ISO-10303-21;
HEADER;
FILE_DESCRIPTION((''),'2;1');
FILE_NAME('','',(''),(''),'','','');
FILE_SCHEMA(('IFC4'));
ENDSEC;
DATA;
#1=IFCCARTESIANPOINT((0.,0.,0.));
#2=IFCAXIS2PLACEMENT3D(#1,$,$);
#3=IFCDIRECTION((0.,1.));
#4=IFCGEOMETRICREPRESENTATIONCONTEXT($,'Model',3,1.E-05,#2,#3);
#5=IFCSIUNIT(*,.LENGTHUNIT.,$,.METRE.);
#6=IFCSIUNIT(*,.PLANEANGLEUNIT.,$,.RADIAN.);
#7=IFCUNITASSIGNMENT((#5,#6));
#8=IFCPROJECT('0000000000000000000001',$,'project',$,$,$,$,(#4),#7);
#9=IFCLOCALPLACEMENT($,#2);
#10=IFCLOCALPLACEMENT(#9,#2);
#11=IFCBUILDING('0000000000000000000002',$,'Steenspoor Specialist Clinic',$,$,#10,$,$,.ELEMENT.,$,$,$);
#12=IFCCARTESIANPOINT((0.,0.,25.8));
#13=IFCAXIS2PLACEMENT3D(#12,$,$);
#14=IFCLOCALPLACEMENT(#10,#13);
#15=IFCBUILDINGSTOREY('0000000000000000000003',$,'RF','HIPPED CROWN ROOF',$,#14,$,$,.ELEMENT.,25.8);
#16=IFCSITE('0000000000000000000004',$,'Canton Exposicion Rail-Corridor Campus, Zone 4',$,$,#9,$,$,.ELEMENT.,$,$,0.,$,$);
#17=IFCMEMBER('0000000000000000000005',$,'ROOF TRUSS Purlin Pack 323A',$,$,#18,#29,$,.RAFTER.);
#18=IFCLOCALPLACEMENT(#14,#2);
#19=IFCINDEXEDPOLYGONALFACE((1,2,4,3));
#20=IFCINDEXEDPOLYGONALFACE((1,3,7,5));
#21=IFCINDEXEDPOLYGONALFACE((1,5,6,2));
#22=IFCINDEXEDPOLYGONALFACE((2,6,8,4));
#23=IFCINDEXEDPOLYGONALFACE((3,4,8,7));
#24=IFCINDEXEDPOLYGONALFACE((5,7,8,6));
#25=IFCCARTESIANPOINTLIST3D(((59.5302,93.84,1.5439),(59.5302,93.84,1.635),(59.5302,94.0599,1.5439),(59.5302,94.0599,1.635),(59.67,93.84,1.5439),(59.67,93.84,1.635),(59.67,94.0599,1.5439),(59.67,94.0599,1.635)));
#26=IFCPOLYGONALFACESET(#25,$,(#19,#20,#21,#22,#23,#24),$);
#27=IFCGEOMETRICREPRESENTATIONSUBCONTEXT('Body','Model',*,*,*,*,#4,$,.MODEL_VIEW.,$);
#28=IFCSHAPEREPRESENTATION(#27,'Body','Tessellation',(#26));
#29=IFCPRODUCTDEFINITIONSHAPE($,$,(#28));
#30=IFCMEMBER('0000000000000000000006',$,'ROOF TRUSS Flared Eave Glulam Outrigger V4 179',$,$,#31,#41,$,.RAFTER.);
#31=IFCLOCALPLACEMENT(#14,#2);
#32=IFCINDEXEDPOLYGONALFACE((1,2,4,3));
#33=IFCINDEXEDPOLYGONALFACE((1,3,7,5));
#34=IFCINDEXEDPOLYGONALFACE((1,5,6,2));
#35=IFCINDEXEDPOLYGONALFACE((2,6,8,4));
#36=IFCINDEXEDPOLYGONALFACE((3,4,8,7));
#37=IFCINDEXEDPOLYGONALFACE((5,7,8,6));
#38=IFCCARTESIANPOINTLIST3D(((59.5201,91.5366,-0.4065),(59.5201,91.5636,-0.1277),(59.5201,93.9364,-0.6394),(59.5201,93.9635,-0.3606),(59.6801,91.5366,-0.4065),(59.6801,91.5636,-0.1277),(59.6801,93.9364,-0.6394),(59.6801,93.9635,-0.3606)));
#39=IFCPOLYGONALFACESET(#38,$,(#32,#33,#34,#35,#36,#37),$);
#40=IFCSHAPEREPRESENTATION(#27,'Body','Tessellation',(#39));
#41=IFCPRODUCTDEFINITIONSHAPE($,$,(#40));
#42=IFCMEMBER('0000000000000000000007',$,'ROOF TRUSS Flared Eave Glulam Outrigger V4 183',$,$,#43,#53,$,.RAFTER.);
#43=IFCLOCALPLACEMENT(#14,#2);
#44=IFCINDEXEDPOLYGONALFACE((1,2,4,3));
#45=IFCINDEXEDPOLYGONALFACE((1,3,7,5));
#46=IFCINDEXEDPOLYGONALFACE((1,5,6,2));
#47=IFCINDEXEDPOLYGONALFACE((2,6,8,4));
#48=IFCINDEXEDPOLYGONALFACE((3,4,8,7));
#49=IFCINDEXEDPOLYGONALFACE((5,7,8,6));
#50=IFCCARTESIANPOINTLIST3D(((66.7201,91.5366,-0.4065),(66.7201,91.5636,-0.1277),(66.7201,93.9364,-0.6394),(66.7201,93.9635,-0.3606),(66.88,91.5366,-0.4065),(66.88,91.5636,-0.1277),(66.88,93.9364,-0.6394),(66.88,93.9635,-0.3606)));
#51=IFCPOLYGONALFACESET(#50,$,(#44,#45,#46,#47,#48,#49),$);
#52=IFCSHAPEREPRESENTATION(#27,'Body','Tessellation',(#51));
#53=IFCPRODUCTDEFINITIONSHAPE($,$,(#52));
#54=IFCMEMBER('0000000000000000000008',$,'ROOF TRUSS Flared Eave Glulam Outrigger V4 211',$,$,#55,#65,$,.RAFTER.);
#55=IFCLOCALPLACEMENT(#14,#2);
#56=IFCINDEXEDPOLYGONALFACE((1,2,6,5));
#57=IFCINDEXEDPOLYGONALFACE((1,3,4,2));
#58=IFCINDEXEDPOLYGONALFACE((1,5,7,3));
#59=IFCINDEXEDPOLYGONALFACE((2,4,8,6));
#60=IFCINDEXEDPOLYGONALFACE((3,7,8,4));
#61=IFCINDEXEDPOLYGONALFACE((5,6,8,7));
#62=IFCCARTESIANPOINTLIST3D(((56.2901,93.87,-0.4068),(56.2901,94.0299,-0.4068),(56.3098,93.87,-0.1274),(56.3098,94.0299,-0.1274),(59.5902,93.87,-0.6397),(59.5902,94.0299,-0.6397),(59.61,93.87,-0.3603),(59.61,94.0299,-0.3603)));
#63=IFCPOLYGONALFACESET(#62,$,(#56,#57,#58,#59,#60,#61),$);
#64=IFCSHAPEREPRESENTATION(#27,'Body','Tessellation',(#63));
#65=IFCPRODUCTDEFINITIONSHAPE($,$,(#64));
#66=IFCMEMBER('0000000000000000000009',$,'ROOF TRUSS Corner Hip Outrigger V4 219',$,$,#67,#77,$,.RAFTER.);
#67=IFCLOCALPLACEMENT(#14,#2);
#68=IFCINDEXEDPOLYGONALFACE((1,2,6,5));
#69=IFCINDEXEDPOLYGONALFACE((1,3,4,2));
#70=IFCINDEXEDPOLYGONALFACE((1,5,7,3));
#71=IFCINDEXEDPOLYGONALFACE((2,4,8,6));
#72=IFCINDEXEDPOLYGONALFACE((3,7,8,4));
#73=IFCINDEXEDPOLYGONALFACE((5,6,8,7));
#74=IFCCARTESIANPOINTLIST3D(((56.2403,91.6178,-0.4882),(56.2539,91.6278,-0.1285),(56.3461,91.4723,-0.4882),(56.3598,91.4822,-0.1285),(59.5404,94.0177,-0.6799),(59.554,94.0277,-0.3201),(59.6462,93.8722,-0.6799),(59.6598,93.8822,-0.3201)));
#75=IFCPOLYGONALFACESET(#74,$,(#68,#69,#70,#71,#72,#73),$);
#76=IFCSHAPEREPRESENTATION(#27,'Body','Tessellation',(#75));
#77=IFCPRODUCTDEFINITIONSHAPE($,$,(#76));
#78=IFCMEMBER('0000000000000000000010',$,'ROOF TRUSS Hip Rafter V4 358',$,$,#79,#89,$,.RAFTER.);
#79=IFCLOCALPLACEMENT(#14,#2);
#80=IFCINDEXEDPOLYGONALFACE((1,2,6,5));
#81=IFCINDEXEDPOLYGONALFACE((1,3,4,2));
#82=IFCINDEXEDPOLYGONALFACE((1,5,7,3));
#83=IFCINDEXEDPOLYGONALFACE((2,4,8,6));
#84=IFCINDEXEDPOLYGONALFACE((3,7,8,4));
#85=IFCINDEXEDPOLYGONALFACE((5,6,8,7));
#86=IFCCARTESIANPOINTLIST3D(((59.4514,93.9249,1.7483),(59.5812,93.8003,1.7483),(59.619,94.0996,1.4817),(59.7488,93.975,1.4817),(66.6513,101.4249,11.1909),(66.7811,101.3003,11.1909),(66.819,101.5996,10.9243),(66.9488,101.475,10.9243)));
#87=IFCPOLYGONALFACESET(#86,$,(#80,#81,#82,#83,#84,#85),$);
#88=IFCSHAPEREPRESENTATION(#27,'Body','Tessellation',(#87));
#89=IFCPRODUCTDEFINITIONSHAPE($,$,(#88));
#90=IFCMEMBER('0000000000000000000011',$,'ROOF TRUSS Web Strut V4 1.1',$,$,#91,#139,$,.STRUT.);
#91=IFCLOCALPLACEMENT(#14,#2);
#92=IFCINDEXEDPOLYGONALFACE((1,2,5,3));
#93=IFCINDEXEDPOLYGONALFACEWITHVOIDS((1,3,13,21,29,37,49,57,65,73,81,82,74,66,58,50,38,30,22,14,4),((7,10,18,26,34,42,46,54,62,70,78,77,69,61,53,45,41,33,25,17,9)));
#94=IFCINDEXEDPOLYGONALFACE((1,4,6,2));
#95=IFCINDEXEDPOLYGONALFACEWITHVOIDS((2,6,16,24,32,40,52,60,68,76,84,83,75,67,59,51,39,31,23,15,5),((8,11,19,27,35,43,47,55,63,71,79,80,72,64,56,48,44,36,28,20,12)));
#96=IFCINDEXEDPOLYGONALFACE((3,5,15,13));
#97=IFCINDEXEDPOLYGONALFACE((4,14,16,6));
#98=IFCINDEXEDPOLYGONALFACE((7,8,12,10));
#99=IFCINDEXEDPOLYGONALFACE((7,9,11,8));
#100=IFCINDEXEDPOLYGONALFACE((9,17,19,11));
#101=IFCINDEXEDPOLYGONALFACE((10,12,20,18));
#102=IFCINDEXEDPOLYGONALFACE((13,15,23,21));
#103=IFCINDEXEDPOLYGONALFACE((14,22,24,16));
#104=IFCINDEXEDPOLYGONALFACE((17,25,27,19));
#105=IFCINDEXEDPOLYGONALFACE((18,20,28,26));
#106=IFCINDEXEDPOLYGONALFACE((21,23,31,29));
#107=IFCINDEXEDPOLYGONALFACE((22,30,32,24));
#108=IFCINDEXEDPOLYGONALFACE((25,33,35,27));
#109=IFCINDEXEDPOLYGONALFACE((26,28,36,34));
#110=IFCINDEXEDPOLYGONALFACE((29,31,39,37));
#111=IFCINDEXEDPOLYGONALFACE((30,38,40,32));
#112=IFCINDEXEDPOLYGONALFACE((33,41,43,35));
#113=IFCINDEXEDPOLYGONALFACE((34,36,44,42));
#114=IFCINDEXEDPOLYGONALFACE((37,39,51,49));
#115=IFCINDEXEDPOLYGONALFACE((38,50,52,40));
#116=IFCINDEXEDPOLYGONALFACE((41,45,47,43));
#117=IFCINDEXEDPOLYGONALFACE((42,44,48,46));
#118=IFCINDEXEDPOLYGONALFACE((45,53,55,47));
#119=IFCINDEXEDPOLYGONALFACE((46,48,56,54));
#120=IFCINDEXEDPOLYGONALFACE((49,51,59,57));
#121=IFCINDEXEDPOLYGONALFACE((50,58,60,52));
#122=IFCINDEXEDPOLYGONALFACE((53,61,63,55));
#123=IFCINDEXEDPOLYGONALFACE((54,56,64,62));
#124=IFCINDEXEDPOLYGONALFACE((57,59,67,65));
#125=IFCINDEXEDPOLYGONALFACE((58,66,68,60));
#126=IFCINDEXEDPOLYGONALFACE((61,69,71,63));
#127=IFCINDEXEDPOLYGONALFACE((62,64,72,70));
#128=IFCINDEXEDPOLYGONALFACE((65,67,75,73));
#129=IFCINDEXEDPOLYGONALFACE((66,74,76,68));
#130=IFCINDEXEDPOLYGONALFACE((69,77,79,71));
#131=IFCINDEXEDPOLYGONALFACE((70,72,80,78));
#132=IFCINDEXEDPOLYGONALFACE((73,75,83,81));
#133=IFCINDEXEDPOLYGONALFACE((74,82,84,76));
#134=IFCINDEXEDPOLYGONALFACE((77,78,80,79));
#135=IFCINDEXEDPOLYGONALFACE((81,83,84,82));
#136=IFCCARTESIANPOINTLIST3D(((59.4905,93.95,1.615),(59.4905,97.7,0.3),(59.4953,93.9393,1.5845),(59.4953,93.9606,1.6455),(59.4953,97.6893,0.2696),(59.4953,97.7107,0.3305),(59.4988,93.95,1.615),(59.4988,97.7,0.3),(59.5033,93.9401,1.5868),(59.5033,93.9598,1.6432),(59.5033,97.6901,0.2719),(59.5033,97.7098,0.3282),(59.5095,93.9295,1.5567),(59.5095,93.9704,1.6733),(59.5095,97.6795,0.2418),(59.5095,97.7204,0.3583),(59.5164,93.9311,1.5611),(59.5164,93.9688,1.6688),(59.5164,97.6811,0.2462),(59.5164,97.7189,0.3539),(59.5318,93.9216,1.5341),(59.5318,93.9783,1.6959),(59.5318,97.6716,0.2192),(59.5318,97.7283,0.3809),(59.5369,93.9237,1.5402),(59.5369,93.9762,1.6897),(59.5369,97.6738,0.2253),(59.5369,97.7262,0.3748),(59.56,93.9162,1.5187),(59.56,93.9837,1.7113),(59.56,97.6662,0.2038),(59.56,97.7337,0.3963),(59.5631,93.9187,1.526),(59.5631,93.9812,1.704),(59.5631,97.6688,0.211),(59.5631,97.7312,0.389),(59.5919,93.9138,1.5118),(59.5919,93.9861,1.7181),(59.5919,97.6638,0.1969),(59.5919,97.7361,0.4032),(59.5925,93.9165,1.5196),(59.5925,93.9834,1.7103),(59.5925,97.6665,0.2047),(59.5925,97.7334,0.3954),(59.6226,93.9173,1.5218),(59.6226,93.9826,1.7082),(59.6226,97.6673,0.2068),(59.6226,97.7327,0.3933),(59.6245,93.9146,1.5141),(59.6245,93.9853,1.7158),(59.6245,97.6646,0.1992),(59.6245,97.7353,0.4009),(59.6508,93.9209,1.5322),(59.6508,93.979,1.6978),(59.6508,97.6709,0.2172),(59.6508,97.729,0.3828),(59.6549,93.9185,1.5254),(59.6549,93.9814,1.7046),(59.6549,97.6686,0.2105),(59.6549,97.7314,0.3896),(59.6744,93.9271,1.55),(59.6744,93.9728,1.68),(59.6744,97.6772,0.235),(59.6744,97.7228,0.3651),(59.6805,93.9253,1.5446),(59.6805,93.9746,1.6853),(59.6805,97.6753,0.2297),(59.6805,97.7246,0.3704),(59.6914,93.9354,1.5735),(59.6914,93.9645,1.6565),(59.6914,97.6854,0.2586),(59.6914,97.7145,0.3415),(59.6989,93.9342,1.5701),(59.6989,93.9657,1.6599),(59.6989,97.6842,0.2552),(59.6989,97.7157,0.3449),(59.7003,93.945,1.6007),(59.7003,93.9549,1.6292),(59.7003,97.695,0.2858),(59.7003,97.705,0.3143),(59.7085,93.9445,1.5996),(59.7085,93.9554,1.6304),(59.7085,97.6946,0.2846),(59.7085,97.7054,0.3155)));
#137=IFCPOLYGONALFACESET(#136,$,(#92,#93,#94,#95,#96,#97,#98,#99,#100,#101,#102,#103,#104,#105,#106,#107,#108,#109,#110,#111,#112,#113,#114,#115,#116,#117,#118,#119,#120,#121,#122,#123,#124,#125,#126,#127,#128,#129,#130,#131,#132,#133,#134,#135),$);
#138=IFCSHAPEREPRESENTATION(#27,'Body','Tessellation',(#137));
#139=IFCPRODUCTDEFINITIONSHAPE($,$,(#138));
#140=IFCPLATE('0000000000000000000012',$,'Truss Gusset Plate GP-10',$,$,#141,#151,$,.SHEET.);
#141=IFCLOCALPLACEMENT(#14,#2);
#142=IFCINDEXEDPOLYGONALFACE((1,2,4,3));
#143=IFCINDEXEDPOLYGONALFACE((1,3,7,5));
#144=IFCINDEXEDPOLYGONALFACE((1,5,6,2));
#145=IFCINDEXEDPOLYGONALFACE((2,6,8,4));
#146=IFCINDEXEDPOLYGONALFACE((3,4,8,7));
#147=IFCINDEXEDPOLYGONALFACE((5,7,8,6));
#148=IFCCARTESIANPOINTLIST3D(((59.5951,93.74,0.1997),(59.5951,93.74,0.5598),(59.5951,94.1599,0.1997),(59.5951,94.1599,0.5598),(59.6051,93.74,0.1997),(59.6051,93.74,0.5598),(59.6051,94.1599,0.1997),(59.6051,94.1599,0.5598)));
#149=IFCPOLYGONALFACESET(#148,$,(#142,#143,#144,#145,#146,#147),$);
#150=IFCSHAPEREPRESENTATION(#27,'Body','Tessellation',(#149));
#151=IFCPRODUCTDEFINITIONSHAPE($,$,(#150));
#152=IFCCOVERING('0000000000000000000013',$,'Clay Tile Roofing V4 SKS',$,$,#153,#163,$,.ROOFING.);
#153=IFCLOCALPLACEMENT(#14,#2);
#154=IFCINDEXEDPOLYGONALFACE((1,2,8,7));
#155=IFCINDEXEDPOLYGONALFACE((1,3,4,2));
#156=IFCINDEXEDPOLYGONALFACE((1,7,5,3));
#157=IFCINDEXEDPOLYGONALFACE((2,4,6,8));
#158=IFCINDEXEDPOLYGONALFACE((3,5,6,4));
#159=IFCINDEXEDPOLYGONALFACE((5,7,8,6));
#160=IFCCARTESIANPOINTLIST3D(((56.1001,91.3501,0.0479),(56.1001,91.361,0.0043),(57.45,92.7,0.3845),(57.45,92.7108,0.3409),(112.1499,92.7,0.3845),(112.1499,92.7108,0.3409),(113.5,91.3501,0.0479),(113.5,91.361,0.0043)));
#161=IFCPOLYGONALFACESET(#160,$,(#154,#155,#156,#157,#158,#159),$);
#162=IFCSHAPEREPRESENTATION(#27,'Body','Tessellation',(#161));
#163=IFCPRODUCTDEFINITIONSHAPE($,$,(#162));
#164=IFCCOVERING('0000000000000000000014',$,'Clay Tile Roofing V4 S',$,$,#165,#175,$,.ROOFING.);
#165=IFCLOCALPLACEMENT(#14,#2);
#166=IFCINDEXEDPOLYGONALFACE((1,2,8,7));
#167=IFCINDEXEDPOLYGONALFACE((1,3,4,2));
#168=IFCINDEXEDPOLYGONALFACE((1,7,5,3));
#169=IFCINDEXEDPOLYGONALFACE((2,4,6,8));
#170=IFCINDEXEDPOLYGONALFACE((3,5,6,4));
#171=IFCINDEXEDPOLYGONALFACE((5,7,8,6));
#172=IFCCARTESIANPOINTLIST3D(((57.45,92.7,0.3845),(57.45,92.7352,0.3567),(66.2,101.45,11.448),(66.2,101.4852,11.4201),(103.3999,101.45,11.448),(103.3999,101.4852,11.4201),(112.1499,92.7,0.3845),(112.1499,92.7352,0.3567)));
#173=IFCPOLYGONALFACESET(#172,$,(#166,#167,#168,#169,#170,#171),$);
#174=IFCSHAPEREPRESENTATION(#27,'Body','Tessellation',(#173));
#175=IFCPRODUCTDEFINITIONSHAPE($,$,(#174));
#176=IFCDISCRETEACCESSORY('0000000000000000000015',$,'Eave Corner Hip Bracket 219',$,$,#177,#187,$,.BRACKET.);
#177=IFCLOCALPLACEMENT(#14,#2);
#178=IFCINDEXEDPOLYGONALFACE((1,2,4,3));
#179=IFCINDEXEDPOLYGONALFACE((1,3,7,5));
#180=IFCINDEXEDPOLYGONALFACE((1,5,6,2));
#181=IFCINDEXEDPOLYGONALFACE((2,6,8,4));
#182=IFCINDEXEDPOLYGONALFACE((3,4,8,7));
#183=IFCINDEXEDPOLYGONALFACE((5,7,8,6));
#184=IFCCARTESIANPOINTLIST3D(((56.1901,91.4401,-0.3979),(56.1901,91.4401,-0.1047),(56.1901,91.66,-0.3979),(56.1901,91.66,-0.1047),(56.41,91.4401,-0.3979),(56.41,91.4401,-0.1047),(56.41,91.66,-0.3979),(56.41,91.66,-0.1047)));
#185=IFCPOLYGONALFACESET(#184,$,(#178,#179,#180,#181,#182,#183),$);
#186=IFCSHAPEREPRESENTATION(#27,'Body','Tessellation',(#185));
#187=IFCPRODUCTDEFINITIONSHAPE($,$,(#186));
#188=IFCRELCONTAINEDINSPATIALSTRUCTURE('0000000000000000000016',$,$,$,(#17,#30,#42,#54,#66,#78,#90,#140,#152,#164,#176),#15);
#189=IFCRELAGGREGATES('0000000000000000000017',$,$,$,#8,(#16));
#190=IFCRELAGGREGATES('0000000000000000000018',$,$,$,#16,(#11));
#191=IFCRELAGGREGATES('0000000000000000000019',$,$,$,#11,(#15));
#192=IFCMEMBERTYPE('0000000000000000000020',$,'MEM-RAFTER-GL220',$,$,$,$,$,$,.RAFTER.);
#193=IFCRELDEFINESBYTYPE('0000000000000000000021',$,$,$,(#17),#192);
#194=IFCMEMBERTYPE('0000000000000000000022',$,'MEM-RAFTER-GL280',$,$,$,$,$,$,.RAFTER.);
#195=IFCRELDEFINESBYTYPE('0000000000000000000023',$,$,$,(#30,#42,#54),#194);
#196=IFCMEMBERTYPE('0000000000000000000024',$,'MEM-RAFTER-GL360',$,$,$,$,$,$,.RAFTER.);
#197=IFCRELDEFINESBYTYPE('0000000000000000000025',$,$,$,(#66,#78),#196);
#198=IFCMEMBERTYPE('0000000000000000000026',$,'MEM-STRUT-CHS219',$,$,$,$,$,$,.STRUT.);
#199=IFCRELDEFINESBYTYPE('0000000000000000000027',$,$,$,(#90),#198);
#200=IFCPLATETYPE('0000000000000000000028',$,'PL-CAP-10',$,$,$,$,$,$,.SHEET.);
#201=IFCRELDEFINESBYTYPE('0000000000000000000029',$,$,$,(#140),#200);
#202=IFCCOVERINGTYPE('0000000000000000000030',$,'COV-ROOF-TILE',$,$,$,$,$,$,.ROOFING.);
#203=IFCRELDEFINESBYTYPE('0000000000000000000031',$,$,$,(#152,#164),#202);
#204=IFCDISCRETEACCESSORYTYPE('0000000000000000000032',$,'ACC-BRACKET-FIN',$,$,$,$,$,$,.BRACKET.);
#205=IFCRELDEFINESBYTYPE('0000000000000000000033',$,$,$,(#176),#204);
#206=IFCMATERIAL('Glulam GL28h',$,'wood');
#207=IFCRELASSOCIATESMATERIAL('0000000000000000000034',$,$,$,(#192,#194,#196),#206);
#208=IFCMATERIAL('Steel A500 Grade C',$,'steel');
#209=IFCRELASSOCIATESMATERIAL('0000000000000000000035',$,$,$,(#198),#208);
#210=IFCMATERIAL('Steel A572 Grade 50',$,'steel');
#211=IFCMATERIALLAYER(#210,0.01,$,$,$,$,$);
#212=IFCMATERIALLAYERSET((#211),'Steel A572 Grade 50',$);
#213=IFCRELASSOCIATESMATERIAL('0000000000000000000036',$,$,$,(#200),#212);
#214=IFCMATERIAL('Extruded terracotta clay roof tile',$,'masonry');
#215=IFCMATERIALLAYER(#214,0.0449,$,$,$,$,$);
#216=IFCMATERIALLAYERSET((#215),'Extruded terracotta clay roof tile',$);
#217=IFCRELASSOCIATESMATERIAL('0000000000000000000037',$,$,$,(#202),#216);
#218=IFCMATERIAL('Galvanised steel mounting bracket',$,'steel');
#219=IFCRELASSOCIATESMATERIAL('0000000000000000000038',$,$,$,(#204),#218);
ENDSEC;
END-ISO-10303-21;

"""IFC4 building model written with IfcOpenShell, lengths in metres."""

from ifc_helpers import new_model, si_unit, direction, frame, origin, origin_2d, place, context, subcontext, project, spatial, polyline, rectangle, hollow_circle, outline, extrude, material, layer, layer_set, material_profile, profile_set, type_object, element, save


model = new_model("IFC4")

# Units and contexts
model_context = context("Model", 3, precision=1e-05, world=origin(), true_north=direction((0.0, 1.0)))
body_context = subcontext(model_context, "Body", "Model", "MODEL_VIEW")
ifc_project = project(units=[si_unit("LENGTHUNIT", "METRE"), si_unit("PLANEANGLEUNIT", "RADIAN")], contexts=[model_context])

# Site, building, storey
site_placement = place(None, origin())
site = spatial("IfcSite", under=ifc_project, at=site_placement, Name="Canton Exposicion Rail-Corridor Campus, Zone 4", CompositionType="ELEMENT", RefElevation=0.0)
building_placement = place(site_placement, origin())
building = spatial("IfcBuilding", under=site, at=building_placement, Name="Steenspoor Specialist Clinic", CompositionType="ELEMENT")
storey_placement = place(building_placement, frame((0.0, 0.0, 25.8)))
storey = spatial("IfcBuildingStorey", under=building, at=storey_placement, Name="RF", Description="HIPPED CROWN ROOF", CompositionType="ELEMENT", Elevation=25.8)

# Shared definitions
ifc_material_1 = material(Name="Glulam GL28h", Category="wood")

# Members
ifc_material_2 = material(Name="Steel A500 Grade C", Category="steel")
ifc_material_profile_1 = material_profile(ifc_material_1, rectangle(XDim=0.1399, YDim=0.22, at=origin_2d()), Name="GL28H-140X220")
ifc_profile_set_1 = profile_set([ifc_material_profile_1], Name="Glulam GL28h")
member_type_1 = type_object("IfcMemberType", Name="MEM-RAFTER-GL220", PredefinedType="RAFTER", material=ifc_profile_set_1)
member_1_placement = place(storey_placement, frame((59.6001, 93.95, 1.5439), z_axis=(0.0, 0.0, 1.0), x_axis=(1.0, 0.0, 0.0)))
element("IfcMember", 1, at=member_1_placement, inside=storey, type_object=member_type_1, Name="ROOF TRUSS Purlin Pack 323A", PredefinedType="RAFTER", context=body_context, shape_type="SweptSolid", body=[
    extrude(rectangle(XDim=0.1399, YDim=0.22, at=origin_2d()), origin(), (0.0, 0.0, 1.0), 0.0911),
])
ifc_material_profile_2 = material_profile(ifc_material_1, rectangle(XDim=0.1599, YDim=0.28, at=origin_2d()), Name="GL28H-160X280")
ifc_profile_set_2 = profile_set([ifc_material_profile_2], Name="Glulam GL28h")
member_type_2 = type_object("IfcMemberType", Name="MEM-RAFTER-GL280", PredefinedType="RAFTER", material=ifc_profile_set_2)
for number, where, z_axis, x_axis, name in (
    (2, (59.6001, 93.95, -0.5), (0.0, -0.995324, 0.096596), (1.0, 0.0, 0.0), "ROOF TRUSS Flared Eave Glulam Outrigger V4 179"),
    (3, (66.8, 93.95, -0.5), (0.0, -0.995324, 0.096596), (1.0, 0.0, 0.0), "ROOF TRUSS Flared Eave Glulam Outrigger V4 183"),
):
    element("IfcMember", number, at=place(storey_placement, frame(where, z_axis=z_axis, x_axis=x_axis)), inside=storey, type_object=member_type_2, Name=name, PredefinedType="RAFTER", context=body_context, shape_type="SweptSolid", body=[
        extrude(rectangle(XDim=0.1599, YDim=0.28, at=origin_2d()), origin(), (0.0, 0.0, 1.0), 2.4111),
    ])
member_2_placement = place(storey_placement, frame((59.6001, 93.95, -0.5), z_axis=(-0.997519, 0.0, 0.070403), x_axis=(0.0, -1.0, 0.0)))
element("IfcMember", 4, at=member_2_placement, inside=storey, type_object=member_type_2, Name="ROOF TRUSS Flared Eave Glulam Outrigger V4 211", PredefinedType="RAFTER", context=body_context, shape_type="SweptSolid", body=[
    extrude(rectangle(XDim=0.1599, YDim=0.28, at=origin_2d()), origin(), (0.0, 0.0, 1.0), 3.3083),
])
ifc_material_profile_3 = material_profile(ifc_material_1, rectangle(XDim=0.1799, YDim=0.3601, at=origin_2d()), Name="GL28H-180X360")
ifc_profile_set_3 = profile_set([ifc_material_profile_3], Name="Glulam GL28h")
member_type_3 = type_object("IfcMemberType", Name="MEM-RAFTER-GL360", PredefinedType="RAFTER", material=ifc_profile_set_3)
member_3_placement = place(storey_placement, frame((59.6001, 93.95, -0.5), z_axis=(-0.807861, -0.587503, 0.046917), x_axis=(0.58815, -0.808752, 0.0)))
element("IfcMember", 5, at=member_3_placement, inside=storey, type_object=member_type_3, Name="ROOF TRUSS Corner Hip Outrigger V4 219", PredefinedType="RAFTER", context=body_context, shape_type="SweptSolid", body=[
    extrude(rectangle(XDim=0.1799, YDim=0.3601, at=origin_2d()), origin(), (0.0, 0.0, 1.0), 4.085),
])
member_4_placement = place(storey_placement, frame((59.6001, 93.95, 1.615), z_axis=(0.512647, 0.534011, 0.672329), x_axis=(-0.72139, 0.692529, 0.0)))
element("IfcMember", 6, at=member_4_placement, inside=storey, type_object=member_type_3, Name="ROOF TRUSS Hip Rafter V4 358", PredefinedType="RAFTER", context=body_context, shape_type="SweptSolid", body=[
    extrude(rectangle(XDim=0.1799, YDim=0.3601, at=origin_2d()), origin(), (0.0, 0.0, 1.0), 14.0447),
])
ifc_material_profile_4 = material_profile(ifc_material_2, hollow_circle(Radius=0.1096, WallThickness=0.0083, at=origin_2d()), Name="CHS219X8.2")
ifc_profile_set_4 = profile_set([ifc_material_profile_4], Name="Steel A500 Grade C")
member_type_4 = type_object("IfcMemberType", Name="MEM-STRUT-CHS219", PredefinedType="STRUT", material=ifc_profile_set_4)
member_5_placement = place(storey_placement, frame((59.6001, 93.95, 1.615), z_axis=(0.0, 0.943667, -0.330898), x_axis=(-1.0, 0.0, 0.0)))
element("IfcMember", 7, at=member_5_placement, inside=storey, type_object=member_type_4, Name="ROOF TRUSS Web Strut V4 1.1", PredefinedType="STRUT", context=body_context, shape_type="SweptSolid", body=[
    extrude(hollow_circle(Radius=0.1096, WallThickness=0.0083, at=origin_2d()), origin(), (0.0, 0.0, 1.0), 3.9739),
])

# Plate
ifc_material_3 = material(Name="Steel A572 Grade 50", Category="steel")
ifc_layer_1 = layer(ifc_material_3, 0.01)
ifc_layer_set_1 = layer_set([ifc_layer_1], Name="Steel A572 Grade 50")
plate_type = type_object("IfcPlateType", Name="PL-CAP-10", PredefinedType="SHEET", material=ifc_layer_set_1)
plate_placement = place(storey_placement, frame((59.6001, 93.95, 0.1997), z_axis=(0.0, 0.0, 1.0), x_axis=(1.0, 0.0, 0.0)))
element("IfcPlate", 8, at=plate_placement, inside=storey, type_object=plate_type, Name="Truss Gusset Plate GP-10", PredefinedType="SHEET", context=body_context, shape_type="SweptSolid", body=[
    extrude(rectangle(XDim=0.01, YDim=0.4199, at=origin_2d()), origin(), (0.0, 0.0, 1.0), 0.3601),
])

# Shared definitions
ifc_material_4 = material(Name="Extruded terracotta clay roof tile", Category="masonry")

# Coverings
ifc_layer_2 = layer(ifc_material_4, 0.0449)
ifc_layer_set_2 = layer_set([ifc_layer_2], Name="Extruded terracotta clay roof tile")
covering_type = type_object("IfcCoveringType", Name="COV-ROOF-TILE", PredefinedType="ROOFING", material=ifc_layer_set_2)
covering_1_placement = place(storey_placement, frame((56.1001, 91.3501, 0.0479), z_axis=(0.0, -0.241999, 0.970277), x_axis=(1.0, 0.0, 0.0)))
element("IfcCovering", 9, at=covering_1_placement, inside=storey, type_object=covering_type, Name="Clay Tile Roofing V4 SKS", PredefinedType="ROOFING", context=body_context, shape_type="SweptSolid", body=[
    extrude(outline(polyline([(0.0, 0.0), (57.3999, 0.0), (56.0498, 1.3912), (1.3499, 1.3912), (0.0, 0.0)])), origin(), (0.0, 0.0, -1.0), 0.0449),
])
covering_2_placement = place(storey_placement, frame((57.45, 92.7, 0.3845), z_axis=(0.0, -0.784342, 0.620329), x_axis=(1.0, 0.0, 0.0)))
element("IfcCovering", 10, at=covering_2_placement, inside=storey, type_object=covering_type, Name="Clay Tile Roofing V4 S", PredefinedType="ROOFING", context=body_context, shape_type="SweptSolid", body=[
    extrude(outline(polyline([(0.0, 0.0), (54.7, 0.0), (45.95, 14.1054), (8.75, 14.1054), (0.0, 0.0)])), origin(), (0.0, 0.0, -1.0), 0.0449),
])

# Discrete accessory
ifc_material_5 = material(Name="Galvanised steel mounting bracket", Category="steel")
discrete_accessory_type = type_object("IfcDiscreteAccessoryType", Name="ACC-BRACKET-FIN", PredefinedType="BRACKET", material=ifc_material_5)
discrete_accessory_placement = place(storey_placement, frame((56.3, 91.55, -0.3979), z_axis=(0.0, 0.0, 1.0), x_axis=(1.0, 0.0, 0.0)))
element("IfcDiscreteAccessory", 11, at=discrete_accessory_placement, inside=storey, type_object=discrete_accessory_type, Name="Eave Corner Hip Bracket 219", PredefinedType="BRACKET", context=body_context, shape_type="SweptSolid", body=[
    extrude(rectangle(XDim=0.22, YDim=0.22, at=origin_2d()), origin(), (0.0, 0.0, 1.0), 0.2932),
])

save(model, "model.ifc")
